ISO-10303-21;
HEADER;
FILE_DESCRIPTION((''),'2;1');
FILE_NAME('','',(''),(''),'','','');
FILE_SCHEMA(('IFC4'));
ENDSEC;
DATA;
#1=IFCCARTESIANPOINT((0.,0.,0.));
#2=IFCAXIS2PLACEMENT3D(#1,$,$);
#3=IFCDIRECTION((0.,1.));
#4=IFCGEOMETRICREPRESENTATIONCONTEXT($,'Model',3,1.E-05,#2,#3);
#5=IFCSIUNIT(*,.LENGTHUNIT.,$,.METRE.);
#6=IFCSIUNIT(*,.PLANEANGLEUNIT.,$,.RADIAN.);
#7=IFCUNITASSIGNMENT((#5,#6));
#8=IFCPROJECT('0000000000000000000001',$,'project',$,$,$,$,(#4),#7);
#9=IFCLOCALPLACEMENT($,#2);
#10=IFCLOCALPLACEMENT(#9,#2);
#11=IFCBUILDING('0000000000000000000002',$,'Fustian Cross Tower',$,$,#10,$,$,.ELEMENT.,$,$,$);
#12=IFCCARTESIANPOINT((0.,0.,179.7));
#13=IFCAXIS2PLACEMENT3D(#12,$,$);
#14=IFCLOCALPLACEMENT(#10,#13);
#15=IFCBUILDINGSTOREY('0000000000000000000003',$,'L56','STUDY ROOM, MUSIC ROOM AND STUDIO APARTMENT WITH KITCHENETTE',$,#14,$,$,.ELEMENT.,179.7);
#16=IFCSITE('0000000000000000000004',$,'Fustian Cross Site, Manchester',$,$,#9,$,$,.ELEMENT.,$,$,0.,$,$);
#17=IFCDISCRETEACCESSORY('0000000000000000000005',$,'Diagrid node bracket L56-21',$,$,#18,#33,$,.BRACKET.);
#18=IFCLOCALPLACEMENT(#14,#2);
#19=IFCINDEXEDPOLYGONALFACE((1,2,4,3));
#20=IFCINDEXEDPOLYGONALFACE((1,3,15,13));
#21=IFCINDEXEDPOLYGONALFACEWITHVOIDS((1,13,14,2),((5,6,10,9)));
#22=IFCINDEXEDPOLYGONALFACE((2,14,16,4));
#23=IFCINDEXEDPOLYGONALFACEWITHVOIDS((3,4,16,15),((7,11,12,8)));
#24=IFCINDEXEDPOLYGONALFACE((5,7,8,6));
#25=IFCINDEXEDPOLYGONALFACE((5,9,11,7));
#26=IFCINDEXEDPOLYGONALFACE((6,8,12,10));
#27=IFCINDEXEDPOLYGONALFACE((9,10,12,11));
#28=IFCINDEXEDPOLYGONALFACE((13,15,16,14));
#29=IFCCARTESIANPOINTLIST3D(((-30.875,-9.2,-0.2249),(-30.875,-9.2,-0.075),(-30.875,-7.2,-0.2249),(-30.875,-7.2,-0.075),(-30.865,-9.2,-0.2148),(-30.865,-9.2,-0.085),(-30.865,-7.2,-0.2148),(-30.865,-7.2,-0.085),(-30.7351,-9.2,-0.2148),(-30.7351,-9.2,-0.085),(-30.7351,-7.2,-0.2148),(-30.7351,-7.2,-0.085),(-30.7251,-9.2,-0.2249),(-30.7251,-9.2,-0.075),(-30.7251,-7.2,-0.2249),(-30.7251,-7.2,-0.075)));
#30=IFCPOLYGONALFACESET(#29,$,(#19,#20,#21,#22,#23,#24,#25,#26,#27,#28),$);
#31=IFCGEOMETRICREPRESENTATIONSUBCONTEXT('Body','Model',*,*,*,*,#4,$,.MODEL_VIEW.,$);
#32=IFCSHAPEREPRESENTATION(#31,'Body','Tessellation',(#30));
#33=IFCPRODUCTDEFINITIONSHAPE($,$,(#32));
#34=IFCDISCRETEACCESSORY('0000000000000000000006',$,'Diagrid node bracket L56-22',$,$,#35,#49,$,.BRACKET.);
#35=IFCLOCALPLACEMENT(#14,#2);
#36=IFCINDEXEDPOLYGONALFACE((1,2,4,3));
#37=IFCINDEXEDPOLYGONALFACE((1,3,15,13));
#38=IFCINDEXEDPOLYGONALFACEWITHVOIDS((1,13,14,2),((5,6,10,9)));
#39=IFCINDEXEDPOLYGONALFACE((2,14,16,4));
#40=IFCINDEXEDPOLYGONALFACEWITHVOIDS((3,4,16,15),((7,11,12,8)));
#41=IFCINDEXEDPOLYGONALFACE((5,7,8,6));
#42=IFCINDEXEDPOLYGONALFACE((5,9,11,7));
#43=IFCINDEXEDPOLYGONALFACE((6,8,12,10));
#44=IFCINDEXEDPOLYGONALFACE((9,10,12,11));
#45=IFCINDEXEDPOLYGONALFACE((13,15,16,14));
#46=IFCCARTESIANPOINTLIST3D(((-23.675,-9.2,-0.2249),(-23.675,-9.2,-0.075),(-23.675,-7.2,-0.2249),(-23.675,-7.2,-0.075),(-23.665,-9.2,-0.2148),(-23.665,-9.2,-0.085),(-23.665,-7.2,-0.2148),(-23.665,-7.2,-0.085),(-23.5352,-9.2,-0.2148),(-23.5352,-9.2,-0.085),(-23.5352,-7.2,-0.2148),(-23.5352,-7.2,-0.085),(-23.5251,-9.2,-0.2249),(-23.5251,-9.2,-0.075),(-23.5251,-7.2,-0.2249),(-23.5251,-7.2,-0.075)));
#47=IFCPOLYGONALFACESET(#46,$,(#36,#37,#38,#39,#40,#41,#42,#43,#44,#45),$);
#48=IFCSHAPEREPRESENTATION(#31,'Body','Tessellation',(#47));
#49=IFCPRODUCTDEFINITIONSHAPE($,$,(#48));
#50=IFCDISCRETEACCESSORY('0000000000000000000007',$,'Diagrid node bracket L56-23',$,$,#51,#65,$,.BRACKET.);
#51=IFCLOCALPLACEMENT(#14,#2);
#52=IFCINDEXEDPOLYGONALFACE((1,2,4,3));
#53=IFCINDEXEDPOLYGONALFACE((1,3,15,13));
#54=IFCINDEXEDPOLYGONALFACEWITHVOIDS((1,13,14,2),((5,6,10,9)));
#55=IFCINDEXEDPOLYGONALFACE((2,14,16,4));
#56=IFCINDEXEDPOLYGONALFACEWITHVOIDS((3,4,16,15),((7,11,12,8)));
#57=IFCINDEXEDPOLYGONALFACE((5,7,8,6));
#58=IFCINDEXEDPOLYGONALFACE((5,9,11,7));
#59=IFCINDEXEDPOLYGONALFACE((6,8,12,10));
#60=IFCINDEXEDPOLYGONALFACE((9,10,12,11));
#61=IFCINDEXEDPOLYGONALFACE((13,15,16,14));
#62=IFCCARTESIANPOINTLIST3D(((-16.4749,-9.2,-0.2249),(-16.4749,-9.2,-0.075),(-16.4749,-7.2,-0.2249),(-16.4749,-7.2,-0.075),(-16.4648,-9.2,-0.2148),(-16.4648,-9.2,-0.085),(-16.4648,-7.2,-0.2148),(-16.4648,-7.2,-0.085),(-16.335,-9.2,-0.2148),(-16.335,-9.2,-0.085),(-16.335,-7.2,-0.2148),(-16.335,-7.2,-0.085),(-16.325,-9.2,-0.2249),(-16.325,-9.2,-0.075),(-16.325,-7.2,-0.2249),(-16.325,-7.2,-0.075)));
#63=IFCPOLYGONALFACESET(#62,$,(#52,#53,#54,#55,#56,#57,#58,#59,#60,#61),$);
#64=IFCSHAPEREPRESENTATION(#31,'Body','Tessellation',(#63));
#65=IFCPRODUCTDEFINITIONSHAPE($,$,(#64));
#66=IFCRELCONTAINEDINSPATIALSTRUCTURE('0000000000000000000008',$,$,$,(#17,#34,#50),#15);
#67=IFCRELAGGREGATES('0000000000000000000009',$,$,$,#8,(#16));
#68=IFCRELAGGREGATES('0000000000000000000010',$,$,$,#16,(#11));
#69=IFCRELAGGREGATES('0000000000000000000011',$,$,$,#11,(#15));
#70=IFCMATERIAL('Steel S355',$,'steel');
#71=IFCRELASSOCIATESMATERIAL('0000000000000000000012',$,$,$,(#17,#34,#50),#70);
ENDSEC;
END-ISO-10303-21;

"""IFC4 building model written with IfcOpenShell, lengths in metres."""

from ifc_helpers import new_model, si_unit, direction, frame, origin, origin_2d, place, context, subcontext, project, spatial, hollow_rectangle, extrude, material, element, save


model = new_model("IFC4")

# Units and contexts
model_context = context("Model", 3, precision=1e-05, world=origin(), true_north=direction((0.0, 1.0)))
body_context = subcontext(model_context, "Body", "Model", "MODEL_VIEW")
ifc_project = project(units=[si_unit("LENGTHUNIT", "METRE"), si_unit("PLANEANGLEUNIT", "RADIAN")], contexts=[model_context])

# Site, building, storey
site_placement = place(None, origin())
site = spatial("IfcSite", under=ifc_project, at=site_placement, Name="Fustian Cross Site, Manchester", CompositionType="ELEMENT", RefElevation=0.0)
building_placement = place(site_placement, origin())
building = spatial("IfcBuilding", under=site, at=building_placement, Name="Fustian Cross Tower", CompositionType="ELEMENT")
storey_placement = place(building_placement, frame((0.0, 0.0, 179.7)))
storey = spatial("IfcBuildingStorey", under=building, at=storey_placement, Name="L56", Description="STUDY ROOM, MUSIC ROOM AND STUDIO APARTMENT WITH KITCHENETTE", CompositionType="ELEMENT", Elevation=179.7)

# Discrete accessories
ifc_material_1 = material(Name="Steel S355", Category="steel")
for number, where, z_axis, x_axis, name in (
    (1, (-30.8, -9.2, -0.1499), (0.0, 1.0, 0.0), (-1.0, 0.0, 0.0), "Diagrid node bracket L56-21"),
    (2, (-23.6001, -9.2, -0.1499), (0.0, 1.0, 0.0), (-1.0, 0.0, 0.0), "Diagrid node bracket L56-22"),
    (3, (-16.3999, -9.2, -0.1499), (0.0, 1.0, 0.0), (-1.0, 0.0, 0.0), "Diagrid node bracket L56-23"),
):
    element("IfcDiscreteAccessory", number, at=place(storey_placement, frame(where, z_axis=z_axis, x_axis=x_axis)), inside=storey, material=ifc_material_1, Name=name, PredefinedType="BRACKET", context=body_context, shape_type="SweptSolid", body=[
        extrude(hollow_rectangle(XDim=0.1499, YDim=0.1499, WallThickness=0.01, at=origin_2d()), origin(), (0.0, 0.0, 1.0), 2.0),
    ])

save(model, "model.ifc")
